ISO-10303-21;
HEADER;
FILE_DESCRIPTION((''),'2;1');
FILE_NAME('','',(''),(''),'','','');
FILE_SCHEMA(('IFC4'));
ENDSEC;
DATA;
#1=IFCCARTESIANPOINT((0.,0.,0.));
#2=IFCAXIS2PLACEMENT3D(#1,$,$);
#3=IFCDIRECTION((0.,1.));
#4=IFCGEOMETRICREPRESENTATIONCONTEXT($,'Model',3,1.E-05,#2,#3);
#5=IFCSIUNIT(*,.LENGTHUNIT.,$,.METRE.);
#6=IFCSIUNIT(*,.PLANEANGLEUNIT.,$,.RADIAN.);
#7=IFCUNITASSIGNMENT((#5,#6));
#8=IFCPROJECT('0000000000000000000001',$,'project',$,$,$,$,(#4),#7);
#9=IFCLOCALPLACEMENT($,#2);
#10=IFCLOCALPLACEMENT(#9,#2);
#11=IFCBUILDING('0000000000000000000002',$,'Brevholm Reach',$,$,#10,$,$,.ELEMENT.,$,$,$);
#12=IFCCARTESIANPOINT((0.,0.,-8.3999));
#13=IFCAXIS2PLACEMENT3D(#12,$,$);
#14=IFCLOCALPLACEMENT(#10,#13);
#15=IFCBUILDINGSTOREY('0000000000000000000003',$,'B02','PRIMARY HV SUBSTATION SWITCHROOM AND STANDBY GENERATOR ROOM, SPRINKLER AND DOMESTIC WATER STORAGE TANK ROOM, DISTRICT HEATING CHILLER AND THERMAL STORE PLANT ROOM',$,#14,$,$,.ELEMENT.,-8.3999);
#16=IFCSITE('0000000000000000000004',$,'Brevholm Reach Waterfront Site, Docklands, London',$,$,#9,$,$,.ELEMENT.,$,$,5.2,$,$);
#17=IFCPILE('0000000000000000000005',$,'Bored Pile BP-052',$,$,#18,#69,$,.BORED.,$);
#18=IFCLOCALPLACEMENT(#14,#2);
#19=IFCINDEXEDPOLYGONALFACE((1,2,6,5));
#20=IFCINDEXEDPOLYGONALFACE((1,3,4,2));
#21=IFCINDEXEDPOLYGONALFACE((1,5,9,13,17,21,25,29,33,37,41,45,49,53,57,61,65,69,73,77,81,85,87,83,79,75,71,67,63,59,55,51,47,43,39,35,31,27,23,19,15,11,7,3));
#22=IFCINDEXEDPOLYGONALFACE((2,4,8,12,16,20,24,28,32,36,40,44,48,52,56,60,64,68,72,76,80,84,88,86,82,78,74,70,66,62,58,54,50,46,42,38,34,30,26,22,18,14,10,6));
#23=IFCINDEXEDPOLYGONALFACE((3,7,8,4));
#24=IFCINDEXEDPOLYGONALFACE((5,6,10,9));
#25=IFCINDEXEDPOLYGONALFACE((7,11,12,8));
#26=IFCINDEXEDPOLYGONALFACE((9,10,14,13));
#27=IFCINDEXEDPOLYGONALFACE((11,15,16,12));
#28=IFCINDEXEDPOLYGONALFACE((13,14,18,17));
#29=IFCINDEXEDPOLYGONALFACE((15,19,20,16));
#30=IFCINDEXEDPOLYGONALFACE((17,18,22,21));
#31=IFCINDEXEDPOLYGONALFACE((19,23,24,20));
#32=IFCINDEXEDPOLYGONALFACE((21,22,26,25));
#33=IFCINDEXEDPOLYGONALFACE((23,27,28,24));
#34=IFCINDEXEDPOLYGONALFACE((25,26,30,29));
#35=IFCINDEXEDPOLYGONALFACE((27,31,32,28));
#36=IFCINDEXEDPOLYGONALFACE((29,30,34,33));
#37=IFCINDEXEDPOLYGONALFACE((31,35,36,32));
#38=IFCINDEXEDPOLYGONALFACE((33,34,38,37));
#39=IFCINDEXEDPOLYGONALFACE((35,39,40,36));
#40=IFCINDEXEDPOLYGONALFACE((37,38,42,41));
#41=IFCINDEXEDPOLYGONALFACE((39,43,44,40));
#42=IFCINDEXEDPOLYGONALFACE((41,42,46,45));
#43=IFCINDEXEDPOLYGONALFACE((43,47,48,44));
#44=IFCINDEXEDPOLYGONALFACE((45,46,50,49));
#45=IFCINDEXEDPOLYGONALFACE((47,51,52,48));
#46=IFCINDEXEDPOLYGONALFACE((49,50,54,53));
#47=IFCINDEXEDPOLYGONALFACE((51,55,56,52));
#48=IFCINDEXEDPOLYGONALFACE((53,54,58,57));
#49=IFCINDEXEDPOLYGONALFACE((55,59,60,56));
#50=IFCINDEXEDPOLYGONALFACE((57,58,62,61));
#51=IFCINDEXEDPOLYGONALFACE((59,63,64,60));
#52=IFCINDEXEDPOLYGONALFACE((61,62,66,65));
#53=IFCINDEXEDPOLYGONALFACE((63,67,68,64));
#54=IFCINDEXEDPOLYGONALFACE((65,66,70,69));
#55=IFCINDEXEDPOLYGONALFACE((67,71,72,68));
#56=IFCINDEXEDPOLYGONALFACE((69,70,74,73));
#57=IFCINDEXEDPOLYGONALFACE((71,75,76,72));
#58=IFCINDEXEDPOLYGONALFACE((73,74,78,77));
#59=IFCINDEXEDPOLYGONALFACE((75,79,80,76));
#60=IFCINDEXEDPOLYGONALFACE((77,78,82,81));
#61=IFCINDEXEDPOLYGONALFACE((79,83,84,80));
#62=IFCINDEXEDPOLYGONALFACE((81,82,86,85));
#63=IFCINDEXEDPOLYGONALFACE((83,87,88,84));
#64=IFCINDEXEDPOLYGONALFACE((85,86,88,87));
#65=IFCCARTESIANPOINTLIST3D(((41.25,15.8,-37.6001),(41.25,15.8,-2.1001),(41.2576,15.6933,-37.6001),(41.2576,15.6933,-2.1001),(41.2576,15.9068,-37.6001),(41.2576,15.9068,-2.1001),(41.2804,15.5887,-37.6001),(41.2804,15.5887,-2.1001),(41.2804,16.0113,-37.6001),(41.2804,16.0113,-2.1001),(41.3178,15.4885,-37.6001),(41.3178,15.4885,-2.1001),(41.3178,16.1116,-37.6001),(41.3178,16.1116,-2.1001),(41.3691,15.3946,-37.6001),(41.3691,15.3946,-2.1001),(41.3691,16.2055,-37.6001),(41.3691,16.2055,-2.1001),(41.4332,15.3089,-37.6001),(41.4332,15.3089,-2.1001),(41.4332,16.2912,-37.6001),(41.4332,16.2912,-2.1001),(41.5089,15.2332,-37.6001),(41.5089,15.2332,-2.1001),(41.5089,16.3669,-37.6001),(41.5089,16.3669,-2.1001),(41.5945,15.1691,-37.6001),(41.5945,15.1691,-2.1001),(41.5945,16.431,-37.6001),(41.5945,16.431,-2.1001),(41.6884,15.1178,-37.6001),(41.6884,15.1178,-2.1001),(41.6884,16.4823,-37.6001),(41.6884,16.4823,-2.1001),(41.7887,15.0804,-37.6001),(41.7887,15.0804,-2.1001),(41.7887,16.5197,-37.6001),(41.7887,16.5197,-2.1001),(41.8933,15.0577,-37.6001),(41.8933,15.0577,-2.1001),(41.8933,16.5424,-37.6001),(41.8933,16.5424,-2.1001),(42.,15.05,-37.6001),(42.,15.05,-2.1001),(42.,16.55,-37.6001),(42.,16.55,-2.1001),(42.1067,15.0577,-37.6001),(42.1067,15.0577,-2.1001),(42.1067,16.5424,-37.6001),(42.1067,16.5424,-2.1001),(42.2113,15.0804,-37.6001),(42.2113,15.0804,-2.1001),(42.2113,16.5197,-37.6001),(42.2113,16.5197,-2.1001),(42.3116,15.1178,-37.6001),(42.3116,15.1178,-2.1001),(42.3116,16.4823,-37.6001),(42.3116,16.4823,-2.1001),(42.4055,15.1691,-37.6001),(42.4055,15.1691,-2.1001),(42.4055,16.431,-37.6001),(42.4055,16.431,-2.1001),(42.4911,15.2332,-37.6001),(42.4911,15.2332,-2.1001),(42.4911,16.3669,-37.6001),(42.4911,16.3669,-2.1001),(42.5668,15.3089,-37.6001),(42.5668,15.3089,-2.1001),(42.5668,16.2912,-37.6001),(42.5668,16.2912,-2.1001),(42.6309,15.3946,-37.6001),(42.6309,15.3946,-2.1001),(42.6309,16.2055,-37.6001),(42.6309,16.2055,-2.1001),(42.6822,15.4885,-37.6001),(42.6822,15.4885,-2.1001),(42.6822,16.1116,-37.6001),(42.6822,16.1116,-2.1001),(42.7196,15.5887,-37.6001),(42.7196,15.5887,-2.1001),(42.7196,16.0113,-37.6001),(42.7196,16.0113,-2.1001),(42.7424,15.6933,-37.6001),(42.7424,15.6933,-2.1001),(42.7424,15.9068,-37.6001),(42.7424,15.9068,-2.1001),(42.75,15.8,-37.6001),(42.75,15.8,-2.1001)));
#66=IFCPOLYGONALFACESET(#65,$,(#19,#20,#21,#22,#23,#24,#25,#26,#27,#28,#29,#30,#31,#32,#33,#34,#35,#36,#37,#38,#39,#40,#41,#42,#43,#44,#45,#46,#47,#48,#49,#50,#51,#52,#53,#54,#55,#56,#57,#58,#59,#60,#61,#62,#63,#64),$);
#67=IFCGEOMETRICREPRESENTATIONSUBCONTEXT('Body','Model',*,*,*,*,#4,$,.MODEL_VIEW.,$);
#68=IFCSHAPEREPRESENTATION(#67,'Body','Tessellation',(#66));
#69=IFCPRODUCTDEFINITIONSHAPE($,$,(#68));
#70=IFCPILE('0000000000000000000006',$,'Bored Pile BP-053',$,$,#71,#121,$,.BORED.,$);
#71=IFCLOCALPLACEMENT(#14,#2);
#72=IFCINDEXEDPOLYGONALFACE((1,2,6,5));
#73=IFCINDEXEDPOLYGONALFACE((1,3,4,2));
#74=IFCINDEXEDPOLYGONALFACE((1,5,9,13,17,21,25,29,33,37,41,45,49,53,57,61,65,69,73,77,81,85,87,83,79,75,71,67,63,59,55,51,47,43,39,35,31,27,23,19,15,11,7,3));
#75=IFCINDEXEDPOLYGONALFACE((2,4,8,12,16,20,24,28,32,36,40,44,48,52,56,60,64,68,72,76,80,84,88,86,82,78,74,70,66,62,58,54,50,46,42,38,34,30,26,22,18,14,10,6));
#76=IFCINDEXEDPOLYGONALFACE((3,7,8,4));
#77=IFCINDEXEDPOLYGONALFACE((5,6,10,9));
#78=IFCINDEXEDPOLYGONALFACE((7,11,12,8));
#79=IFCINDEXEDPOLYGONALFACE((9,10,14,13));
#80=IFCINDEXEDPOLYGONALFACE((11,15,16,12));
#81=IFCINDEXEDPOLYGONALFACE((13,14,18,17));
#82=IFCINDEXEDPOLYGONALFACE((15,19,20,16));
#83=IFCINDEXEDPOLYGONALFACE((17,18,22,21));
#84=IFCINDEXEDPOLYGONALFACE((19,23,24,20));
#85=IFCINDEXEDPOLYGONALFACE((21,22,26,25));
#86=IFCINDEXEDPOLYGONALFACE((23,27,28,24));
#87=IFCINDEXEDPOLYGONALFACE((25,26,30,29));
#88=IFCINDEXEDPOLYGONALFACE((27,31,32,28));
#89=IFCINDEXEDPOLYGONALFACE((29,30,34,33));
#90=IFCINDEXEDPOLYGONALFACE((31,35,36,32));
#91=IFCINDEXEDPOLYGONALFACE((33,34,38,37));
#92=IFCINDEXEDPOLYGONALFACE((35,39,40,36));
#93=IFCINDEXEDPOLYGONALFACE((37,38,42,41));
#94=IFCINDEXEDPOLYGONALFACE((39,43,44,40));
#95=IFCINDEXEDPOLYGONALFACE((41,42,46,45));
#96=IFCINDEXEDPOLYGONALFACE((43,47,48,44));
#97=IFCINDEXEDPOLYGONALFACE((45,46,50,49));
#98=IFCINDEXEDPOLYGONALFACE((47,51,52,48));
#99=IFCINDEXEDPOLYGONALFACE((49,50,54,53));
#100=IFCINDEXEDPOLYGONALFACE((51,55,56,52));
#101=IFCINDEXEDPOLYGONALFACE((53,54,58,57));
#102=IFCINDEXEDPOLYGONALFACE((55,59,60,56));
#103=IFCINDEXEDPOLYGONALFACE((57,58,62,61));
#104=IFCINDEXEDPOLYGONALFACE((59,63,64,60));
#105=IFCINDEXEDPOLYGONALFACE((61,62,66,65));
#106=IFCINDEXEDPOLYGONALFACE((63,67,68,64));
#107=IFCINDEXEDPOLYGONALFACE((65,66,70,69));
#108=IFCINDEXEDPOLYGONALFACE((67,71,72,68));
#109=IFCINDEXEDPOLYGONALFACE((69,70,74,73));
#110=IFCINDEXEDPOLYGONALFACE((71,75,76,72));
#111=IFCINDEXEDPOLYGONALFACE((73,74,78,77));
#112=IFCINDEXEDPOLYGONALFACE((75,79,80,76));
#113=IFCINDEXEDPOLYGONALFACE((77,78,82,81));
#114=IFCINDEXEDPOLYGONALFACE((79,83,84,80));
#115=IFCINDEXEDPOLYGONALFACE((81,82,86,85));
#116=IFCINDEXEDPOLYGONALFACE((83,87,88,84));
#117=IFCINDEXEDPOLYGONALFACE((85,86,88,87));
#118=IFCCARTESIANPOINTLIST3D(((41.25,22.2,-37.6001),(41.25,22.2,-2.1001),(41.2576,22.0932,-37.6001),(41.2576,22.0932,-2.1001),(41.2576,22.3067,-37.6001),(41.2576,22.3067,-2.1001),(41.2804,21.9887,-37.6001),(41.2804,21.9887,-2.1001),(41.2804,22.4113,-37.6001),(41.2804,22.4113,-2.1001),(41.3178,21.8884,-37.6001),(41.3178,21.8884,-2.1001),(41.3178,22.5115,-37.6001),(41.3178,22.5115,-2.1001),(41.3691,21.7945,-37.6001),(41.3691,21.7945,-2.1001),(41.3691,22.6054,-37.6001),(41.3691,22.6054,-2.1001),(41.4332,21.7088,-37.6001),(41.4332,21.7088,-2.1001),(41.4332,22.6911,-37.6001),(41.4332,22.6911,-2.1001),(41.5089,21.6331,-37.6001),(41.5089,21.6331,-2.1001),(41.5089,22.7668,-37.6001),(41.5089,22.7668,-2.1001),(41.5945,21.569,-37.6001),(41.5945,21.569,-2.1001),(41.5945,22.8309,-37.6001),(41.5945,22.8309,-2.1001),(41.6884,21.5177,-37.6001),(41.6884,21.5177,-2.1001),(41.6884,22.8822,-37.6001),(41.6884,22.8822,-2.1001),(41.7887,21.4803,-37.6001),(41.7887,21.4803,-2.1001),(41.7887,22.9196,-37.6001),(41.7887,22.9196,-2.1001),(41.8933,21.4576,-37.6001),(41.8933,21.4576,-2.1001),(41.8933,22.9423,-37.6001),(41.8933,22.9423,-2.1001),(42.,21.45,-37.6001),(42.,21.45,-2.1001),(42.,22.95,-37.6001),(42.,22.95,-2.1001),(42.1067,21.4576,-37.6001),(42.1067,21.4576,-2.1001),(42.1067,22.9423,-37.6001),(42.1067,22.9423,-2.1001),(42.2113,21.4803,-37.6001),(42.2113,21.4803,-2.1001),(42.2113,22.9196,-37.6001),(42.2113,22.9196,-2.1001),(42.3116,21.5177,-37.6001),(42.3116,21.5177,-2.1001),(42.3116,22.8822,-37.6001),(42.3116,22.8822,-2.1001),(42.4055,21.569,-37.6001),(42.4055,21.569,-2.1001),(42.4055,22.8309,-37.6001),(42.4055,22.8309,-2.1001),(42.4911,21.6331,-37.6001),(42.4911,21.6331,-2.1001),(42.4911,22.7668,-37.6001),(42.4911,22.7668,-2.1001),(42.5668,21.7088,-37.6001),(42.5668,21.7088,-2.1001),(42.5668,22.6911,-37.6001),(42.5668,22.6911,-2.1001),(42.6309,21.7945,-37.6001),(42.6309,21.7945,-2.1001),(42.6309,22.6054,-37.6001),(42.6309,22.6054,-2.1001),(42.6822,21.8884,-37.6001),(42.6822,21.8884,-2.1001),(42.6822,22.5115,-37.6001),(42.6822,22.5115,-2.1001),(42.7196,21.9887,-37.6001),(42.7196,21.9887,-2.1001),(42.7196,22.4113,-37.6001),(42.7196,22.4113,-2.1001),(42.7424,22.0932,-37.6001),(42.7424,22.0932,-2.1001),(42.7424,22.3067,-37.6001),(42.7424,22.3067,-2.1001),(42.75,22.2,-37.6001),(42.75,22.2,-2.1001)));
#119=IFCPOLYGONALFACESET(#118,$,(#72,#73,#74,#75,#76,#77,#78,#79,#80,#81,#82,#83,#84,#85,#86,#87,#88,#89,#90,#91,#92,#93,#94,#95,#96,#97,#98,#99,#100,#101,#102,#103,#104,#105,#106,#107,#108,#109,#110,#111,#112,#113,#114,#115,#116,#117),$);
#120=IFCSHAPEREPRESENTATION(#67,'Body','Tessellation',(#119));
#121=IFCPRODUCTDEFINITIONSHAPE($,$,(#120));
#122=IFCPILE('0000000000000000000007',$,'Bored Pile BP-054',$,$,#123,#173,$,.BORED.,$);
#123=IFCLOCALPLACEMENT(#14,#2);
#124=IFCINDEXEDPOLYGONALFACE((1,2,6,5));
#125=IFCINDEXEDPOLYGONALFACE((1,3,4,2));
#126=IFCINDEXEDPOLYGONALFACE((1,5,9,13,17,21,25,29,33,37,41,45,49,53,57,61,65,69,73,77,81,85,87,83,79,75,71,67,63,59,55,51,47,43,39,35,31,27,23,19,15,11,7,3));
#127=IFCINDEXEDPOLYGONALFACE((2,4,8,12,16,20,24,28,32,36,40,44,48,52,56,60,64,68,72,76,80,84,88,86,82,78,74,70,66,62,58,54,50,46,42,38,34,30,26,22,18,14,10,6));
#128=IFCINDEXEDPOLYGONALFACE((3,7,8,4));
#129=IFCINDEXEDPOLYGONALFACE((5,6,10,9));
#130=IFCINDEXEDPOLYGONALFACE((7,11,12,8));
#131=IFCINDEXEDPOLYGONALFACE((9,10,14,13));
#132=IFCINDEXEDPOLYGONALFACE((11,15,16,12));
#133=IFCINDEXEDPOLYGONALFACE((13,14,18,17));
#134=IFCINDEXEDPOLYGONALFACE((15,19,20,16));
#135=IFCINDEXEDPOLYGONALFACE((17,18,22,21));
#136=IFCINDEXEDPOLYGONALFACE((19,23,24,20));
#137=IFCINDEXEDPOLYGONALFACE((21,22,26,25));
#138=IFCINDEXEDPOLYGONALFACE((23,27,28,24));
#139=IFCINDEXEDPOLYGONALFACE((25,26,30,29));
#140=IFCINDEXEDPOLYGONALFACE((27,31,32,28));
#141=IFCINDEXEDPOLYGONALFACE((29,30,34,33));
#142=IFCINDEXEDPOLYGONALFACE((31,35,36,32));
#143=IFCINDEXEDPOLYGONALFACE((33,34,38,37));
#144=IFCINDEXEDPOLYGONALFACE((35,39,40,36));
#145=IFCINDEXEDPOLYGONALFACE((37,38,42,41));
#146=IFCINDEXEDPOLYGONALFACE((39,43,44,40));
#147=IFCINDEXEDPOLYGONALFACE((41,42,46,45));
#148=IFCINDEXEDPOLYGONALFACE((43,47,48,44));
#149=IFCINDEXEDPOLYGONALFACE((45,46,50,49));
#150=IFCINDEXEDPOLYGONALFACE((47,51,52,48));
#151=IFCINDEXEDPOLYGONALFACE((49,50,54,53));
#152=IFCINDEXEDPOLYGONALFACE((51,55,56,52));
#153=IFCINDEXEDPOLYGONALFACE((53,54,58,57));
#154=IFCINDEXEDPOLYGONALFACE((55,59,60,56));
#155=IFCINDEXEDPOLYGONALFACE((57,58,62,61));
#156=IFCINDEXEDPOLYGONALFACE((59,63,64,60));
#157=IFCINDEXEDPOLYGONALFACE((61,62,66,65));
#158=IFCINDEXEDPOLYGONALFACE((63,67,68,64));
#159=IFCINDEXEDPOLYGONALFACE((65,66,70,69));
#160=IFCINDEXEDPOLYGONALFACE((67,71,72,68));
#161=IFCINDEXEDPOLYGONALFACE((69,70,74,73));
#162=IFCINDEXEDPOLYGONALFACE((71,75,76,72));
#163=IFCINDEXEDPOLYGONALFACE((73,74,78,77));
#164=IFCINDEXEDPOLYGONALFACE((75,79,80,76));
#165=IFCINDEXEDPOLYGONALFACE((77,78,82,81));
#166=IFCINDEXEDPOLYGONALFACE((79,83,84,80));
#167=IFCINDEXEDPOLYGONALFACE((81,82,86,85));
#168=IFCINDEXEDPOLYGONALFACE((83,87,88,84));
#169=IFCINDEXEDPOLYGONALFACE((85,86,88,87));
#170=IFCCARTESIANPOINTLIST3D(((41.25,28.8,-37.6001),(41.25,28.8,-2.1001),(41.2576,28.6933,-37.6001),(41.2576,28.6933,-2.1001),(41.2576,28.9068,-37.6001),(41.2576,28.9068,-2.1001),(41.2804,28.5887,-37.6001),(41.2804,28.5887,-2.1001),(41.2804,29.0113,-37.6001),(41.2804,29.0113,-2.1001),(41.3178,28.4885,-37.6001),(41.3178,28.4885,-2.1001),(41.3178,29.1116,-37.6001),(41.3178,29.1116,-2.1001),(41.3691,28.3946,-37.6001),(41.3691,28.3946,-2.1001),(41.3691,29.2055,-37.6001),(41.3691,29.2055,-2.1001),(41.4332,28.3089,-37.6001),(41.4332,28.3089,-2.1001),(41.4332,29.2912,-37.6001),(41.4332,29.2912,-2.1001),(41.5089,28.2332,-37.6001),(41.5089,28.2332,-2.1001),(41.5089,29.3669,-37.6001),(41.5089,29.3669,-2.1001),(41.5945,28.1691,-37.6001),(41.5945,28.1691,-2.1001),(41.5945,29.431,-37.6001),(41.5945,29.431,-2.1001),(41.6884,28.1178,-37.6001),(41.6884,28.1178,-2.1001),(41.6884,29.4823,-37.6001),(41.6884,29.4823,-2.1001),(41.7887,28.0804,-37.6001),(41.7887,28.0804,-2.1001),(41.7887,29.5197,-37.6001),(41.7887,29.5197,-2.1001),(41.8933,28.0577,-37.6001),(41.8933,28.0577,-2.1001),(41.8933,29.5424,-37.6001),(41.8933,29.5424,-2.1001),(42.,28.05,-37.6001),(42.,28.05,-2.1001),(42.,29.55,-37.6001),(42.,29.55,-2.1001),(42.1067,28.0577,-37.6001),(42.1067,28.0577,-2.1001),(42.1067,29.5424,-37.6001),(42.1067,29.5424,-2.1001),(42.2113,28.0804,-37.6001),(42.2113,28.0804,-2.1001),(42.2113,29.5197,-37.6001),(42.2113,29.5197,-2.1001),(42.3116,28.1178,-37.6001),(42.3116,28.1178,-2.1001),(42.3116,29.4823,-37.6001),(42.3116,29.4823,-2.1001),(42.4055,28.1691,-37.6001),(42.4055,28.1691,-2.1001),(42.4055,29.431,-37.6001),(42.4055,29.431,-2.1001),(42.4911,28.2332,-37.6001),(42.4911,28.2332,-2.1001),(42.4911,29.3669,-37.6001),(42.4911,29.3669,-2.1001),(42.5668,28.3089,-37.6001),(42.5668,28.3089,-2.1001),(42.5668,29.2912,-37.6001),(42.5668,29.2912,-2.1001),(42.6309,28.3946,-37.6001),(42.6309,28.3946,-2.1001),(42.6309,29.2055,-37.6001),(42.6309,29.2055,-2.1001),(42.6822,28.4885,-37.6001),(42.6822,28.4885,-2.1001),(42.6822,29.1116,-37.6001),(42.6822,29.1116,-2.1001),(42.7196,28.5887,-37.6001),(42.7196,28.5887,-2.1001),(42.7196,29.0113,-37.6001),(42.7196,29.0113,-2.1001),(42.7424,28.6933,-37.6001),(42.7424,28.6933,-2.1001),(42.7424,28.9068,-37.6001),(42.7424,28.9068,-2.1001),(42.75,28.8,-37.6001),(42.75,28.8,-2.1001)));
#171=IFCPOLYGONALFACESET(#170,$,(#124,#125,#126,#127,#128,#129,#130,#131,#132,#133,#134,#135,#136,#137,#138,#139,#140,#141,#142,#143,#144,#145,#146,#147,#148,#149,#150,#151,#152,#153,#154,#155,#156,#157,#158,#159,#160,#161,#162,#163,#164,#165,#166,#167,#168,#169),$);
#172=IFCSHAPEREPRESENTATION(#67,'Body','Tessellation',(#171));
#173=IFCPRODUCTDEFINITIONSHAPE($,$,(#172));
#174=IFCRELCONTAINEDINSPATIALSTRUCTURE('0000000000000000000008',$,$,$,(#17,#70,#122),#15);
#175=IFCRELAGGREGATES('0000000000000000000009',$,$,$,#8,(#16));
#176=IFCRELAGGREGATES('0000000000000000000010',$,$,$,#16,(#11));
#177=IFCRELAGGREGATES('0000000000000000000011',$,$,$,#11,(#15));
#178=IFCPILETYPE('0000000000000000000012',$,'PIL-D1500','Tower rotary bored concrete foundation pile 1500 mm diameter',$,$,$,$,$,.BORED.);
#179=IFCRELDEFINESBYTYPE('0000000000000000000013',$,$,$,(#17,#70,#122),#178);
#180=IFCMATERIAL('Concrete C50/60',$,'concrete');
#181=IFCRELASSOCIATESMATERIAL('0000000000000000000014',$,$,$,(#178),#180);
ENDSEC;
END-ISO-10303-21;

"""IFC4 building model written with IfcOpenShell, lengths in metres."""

from ifc_helpers import new_model, si_unit, direction, frame, origin, origin_2d, place, context, subcontext, project, spatial, circle, extrude, material, material_profile, profile_set, type_object, element, save


model = new_model("IFC4")

# Units and contexts
model_context = context("Model", 3, precision=1e-05, world=origin(), true_north=direction((0.0, 1.0)))
body_context = subcontext(model_context, "Body", "Model", "MODEL_VIEW")
ifc_project = project(units=[si_unit("LENGTHUNIT", "METRE"), si_unit("PLANEANGLEUNIT", "RADIAN")], contexts=[model_context])

# Site, building, storey
site_placement = place(None, origin())
site = spatial("IfcSite", under=ifc_project, at=site_placement, Name="Brevholm Reach Waterfront Site, Docklands, London", CompositionType="ELEMENT", RefElevation=5.2)
building_placement = place(site_placement, origin())
building = spatial("IfcBuilding", under=site, at=building_placement, Name="Brevholm Reach", CompositionType="ELEMENT")
storey_placement = place(building_placement, frame((0.0, 0.0, -8.3999)))
storey = spatial("IfcBuildingStorey", under=building, at=storey_placement, Name="B02", Description="PRIMARY HV SUBSTATION SWITCHROOM AND STANDBY GENERATOR ROOM, SPRINKLER AND DOMESTIC WATER STORAGE TANK ROOM, DISTRICT HEATING CHILLER AND THERMAL STORE PLANT ROOM", CompositionType="ELEMENT", Elevation=-8.3999)

# Piles
ifc_material_1 = material(Name="Concrete C50/60", Category="concrete")
ifc_material_profile_1 = material_profile(ifc_material_1, circle(Radius=0.75, at=origin_2d()), Name="PILE D1500")
ifc_profile_set_1 = profile_set([ifc_material_profile_1], Name="Concrete C50/60")
pile_type = type_object("IfcPileType", Name="PIL-D1500", Description="Tower rotary bored concrete foundation pile 1500 mm diameter", PredefinedType="BORED", material=ifc_profile_set_1)
for number, where, z_axis, x_axis, name in (
    (1, (42.0, 15.8, -2.1001), (0.0, 0.0, -1.0), (1.0, 0.0, 0.0), "Bored Pile BP-052"),
    (2, (42.0, 22.2, -2.1001), (0.0, 0.0, -1.0), (1.0, 0.0, 0.0), "Bored Pile BP-053"),
    (3, (42.0, 28.8, -2.1001), (0.0, 0.0, -1.0), (1.0, 0.0, 0.0), "Bored Pile BP-054"),
):
    element("IfcPile", number, at=place(storey_placement, frame(where, z_axis=z_axis, x_axis=x_axis)), inside=storey, type_object=pile_type, Name=name, PredefinedType="BORED", context=body_context, shape_type="SweptSolid", body=[
        extrude(circle(Radius=0.75, at=origin_2d()), origin(), (0.0, 0.0, 1.0), 35.5),
    ])

save(model, "model.ifc")
